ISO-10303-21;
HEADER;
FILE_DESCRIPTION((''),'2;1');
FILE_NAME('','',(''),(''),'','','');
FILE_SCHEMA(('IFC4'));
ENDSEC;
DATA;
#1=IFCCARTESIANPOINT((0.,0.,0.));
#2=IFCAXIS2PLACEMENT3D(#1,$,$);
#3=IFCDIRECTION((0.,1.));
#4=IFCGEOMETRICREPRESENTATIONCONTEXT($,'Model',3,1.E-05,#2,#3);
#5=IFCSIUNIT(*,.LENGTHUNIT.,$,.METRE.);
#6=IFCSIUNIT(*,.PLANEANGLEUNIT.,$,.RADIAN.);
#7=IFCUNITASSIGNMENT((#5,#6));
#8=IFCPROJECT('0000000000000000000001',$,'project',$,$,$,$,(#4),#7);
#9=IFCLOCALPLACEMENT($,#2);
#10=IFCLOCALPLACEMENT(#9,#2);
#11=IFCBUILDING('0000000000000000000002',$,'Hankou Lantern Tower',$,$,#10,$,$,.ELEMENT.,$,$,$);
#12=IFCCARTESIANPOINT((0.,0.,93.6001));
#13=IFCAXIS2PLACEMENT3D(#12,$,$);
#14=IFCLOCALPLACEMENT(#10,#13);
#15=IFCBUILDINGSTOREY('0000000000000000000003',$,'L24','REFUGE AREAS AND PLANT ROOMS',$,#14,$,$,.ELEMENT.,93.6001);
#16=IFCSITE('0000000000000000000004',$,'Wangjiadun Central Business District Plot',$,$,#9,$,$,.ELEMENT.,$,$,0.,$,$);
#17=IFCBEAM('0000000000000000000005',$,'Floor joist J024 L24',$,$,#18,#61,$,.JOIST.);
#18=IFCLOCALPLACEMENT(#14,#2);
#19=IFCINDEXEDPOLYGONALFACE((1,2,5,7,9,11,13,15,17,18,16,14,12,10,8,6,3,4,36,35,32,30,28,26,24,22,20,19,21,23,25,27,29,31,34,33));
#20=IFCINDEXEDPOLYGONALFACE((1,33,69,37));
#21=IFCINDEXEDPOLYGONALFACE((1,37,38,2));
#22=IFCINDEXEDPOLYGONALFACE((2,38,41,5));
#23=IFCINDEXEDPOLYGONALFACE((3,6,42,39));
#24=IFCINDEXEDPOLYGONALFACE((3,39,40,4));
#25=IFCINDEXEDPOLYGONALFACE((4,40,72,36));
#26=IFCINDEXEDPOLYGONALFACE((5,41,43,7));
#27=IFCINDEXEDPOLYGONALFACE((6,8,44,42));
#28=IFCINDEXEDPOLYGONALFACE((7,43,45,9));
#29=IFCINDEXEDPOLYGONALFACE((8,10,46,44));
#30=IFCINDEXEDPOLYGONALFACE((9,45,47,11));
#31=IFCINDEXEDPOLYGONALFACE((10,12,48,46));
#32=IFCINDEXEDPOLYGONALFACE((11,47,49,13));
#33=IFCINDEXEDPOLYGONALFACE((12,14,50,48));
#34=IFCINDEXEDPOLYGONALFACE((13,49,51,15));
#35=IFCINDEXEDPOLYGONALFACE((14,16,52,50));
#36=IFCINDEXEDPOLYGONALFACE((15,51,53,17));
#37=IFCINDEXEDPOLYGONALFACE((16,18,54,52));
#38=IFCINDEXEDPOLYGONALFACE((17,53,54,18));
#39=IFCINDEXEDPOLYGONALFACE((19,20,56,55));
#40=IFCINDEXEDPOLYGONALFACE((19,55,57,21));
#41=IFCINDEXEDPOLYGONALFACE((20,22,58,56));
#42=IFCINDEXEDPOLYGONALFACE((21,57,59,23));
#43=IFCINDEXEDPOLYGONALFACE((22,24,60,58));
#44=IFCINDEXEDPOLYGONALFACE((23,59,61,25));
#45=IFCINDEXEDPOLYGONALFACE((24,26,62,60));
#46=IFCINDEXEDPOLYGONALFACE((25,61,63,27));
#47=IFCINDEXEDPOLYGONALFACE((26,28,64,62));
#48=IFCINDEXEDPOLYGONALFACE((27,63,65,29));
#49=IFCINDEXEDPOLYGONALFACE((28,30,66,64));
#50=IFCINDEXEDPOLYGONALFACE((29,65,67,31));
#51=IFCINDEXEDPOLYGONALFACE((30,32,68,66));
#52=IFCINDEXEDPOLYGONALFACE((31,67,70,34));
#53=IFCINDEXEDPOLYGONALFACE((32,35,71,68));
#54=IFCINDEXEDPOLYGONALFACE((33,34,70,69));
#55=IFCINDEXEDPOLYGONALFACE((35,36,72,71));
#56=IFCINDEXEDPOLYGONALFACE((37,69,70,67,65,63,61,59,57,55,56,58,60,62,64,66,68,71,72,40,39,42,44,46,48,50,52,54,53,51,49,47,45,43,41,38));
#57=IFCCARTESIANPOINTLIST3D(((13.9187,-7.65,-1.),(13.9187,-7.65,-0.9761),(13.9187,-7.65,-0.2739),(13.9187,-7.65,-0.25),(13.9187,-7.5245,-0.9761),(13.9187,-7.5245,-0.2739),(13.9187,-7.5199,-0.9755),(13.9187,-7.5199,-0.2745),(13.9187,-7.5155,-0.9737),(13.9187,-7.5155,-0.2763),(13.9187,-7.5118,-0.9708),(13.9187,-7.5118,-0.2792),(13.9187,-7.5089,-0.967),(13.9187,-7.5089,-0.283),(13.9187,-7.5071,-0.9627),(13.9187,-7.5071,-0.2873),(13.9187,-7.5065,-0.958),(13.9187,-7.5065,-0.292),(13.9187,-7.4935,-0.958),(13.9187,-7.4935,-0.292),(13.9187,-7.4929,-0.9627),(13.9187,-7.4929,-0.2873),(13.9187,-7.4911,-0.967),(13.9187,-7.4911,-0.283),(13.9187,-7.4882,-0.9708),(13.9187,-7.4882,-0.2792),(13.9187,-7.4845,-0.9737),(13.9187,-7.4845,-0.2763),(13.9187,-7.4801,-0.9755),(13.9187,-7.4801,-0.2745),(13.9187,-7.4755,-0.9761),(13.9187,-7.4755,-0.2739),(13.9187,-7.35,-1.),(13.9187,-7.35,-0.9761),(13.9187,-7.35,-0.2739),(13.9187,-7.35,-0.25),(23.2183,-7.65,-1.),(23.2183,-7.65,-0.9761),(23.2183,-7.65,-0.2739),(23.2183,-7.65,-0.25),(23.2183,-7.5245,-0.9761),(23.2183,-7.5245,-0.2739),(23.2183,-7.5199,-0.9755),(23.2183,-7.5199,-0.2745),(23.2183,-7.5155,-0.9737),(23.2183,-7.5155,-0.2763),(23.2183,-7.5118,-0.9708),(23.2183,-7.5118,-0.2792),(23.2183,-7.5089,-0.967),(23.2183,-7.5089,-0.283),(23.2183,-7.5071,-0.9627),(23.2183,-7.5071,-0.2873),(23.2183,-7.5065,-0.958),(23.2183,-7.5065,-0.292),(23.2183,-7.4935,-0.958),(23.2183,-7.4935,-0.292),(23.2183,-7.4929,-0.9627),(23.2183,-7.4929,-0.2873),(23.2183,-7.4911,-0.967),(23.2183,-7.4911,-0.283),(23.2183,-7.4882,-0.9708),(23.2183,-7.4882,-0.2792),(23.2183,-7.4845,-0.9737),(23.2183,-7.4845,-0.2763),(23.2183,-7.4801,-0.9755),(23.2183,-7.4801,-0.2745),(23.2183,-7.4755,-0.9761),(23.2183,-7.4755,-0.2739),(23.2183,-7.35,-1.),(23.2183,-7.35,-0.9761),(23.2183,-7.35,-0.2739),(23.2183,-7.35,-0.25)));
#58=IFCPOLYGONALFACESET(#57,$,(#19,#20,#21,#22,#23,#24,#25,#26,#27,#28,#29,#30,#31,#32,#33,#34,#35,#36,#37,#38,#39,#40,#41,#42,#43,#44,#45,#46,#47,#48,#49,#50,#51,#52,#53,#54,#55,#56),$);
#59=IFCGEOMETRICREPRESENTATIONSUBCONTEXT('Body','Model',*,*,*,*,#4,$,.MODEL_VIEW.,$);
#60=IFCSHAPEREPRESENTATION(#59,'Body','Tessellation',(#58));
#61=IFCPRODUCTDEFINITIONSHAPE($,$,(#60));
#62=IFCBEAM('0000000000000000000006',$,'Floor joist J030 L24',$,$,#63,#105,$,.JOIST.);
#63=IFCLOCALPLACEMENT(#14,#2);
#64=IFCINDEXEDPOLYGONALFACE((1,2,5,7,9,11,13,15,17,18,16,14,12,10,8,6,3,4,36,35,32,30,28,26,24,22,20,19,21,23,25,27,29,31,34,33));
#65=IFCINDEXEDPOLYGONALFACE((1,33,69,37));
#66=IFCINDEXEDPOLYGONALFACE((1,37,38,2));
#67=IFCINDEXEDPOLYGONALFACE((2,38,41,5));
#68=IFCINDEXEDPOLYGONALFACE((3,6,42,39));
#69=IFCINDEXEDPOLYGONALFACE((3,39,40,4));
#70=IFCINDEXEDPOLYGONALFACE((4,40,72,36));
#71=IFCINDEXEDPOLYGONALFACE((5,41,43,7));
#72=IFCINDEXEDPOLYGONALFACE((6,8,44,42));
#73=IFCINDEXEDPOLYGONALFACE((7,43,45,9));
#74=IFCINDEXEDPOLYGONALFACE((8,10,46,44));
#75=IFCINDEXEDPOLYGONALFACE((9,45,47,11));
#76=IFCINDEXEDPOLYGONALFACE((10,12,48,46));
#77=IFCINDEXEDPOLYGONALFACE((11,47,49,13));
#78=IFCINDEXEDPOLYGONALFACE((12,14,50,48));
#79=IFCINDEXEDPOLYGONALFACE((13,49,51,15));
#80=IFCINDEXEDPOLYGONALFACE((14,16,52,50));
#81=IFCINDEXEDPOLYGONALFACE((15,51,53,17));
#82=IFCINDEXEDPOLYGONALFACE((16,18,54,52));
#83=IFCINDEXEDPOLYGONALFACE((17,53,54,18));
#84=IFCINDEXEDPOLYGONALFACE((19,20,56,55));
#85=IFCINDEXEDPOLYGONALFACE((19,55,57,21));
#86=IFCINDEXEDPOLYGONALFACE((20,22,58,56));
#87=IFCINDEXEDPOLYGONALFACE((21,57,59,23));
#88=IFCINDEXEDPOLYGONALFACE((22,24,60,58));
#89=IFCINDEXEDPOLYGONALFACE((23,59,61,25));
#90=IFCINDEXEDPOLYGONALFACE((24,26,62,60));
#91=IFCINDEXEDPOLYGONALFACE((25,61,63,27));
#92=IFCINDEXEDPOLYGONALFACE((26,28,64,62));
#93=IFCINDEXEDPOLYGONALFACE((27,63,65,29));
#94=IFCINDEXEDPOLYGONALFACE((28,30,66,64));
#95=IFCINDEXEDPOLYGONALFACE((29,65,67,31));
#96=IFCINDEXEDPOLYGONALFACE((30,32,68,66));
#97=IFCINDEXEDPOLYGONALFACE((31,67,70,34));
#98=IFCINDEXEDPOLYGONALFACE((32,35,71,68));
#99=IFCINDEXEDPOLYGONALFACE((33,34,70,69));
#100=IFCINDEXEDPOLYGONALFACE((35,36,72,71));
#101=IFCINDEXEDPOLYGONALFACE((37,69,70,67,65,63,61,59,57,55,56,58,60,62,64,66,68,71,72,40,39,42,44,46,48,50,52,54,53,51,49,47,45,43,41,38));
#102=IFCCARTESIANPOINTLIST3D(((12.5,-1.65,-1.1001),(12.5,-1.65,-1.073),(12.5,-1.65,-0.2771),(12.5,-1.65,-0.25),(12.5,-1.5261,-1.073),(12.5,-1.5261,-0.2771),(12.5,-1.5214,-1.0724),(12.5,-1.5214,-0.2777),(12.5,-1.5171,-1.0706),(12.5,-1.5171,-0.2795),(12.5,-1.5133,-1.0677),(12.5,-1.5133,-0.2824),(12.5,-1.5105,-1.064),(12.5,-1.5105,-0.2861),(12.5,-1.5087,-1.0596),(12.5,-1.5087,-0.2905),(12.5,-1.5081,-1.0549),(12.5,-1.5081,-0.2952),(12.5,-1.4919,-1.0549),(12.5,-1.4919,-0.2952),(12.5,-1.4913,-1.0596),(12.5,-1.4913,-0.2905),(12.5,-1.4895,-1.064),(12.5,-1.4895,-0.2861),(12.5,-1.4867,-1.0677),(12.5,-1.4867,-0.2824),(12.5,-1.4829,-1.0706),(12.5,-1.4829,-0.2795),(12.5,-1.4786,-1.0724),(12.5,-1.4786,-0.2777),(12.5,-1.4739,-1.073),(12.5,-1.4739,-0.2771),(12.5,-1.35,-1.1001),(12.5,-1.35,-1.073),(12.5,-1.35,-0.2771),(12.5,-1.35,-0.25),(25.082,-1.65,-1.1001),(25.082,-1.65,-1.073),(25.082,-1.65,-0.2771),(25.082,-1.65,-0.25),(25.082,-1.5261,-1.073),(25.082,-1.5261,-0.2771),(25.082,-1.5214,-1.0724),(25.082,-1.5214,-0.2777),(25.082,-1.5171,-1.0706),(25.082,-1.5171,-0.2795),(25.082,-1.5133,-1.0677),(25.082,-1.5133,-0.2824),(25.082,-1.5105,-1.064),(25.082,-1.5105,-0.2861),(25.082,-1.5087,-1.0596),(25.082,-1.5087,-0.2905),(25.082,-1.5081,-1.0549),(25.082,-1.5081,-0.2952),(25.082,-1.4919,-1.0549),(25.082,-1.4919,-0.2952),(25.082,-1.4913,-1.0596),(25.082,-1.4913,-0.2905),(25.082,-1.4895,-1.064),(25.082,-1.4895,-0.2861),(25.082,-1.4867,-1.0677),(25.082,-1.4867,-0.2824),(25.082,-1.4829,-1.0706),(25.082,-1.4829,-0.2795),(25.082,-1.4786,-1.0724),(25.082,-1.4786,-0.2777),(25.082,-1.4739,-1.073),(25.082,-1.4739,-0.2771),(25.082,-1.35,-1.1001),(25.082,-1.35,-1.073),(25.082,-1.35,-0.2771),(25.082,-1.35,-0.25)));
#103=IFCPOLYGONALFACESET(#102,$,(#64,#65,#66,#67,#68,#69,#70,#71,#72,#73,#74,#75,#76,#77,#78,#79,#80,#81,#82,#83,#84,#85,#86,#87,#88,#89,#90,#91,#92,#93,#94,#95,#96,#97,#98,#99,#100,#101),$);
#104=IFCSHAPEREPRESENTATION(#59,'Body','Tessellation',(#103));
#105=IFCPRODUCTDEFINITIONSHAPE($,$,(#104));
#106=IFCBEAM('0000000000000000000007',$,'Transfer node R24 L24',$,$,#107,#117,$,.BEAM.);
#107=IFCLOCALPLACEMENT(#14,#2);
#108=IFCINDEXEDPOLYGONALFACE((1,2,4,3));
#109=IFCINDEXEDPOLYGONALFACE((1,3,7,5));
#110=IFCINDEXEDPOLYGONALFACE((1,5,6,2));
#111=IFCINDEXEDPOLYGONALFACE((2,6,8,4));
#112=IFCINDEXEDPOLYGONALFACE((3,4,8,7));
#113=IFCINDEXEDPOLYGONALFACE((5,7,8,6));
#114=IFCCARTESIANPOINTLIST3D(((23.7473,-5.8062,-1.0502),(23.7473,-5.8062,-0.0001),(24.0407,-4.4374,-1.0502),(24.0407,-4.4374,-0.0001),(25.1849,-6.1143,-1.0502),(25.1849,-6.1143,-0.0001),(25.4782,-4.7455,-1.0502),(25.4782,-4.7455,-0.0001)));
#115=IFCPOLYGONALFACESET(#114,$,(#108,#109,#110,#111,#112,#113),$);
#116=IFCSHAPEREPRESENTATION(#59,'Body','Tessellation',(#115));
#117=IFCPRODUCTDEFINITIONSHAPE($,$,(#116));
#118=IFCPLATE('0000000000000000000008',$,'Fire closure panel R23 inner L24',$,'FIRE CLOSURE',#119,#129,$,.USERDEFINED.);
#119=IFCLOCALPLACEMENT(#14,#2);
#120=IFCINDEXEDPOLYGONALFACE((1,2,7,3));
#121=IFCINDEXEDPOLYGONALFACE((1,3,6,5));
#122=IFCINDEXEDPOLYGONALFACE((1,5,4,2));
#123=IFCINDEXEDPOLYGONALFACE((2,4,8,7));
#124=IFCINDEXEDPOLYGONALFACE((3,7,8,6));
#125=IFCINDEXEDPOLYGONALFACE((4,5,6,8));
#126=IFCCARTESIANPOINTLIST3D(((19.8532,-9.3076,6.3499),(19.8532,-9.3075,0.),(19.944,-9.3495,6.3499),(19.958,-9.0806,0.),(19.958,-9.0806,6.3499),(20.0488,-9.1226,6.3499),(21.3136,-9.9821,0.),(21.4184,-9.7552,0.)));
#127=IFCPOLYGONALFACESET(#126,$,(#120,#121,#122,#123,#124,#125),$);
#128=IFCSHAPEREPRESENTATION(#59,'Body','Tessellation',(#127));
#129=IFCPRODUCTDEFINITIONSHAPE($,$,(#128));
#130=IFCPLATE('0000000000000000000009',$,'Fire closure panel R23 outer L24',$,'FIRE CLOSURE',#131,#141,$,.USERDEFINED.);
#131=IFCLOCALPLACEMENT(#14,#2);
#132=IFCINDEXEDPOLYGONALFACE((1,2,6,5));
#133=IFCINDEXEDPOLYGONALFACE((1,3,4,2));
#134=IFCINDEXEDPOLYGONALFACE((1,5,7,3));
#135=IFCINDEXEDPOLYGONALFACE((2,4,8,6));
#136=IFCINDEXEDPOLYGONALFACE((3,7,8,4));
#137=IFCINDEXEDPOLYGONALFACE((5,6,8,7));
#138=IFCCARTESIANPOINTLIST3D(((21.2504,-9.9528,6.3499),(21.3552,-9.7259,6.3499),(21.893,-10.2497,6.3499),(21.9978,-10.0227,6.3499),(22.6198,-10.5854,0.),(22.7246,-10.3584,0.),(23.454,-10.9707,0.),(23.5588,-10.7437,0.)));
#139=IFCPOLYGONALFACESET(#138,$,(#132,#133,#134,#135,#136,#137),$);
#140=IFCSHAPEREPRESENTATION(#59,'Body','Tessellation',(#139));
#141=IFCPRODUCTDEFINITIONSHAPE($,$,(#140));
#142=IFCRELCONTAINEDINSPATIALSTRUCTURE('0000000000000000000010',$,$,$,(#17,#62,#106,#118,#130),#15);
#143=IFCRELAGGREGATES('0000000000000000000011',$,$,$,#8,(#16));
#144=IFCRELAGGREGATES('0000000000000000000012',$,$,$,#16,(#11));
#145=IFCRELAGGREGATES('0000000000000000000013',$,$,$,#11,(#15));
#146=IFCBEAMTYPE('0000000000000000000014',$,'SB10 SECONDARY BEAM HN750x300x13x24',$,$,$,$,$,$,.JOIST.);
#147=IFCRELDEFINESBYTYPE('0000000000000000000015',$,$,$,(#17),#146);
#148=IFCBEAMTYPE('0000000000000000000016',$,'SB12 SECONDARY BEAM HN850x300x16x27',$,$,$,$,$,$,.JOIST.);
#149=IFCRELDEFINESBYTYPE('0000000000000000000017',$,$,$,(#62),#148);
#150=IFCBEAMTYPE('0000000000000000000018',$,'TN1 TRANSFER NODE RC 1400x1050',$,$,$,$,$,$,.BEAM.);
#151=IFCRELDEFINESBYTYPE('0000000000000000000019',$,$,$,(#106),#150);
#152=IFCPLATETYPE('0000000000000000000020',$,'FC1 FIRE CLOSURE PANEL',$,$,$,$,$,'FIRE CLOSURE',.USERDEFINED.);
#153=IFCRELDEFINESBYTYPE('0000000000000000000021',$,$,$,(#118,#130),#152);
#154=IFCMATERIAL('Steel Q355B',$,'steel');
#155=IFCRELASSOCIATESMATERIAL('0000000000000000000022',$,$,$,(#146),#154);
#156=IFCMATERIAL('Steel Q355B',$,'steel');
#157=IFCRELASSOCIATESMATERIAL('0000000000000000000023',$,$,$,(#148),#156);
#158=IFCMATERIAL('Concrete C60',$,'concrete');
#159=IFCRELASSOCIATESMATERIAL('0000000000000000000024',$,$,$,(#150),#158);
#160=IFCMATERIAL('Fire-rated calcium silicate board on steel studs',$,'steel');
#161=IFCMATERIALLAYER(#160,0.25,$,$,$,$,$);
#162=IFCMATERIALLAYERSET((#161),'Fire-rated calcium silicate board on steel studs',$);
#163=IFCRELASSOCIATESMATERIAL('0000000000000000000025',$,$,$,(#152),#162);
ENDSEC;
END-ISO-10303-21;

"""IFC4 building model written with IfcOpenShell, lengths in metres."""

from ifc_helpers import new_model, si_unit, direction, frame, origin, origin_2d, place, context, subcontext, project, spatial, polyline, rectangle, i_section, outline, extrude, material, layer, layer_set, material_profile, profile_set, type_object, element, save


model = new_model("IFC4")

# Units and contexts
model_context = context("Model", 3, precision=1e-05, world=origin(), true_north=direction((0.0, 1.0)))
body_context = subcontext(model_context, "Body", "Model", "MODEL_VIEW")
ifc_project = project(units=[si_unit("LENGTHUNIT", "METRE"), si_unit("PLANEANGLEUNIT", "RADIAN")], contexts=[model_context])

# Site, building, storey
site_placement = place(None, origin())
site = spatial("IfcSite", under=ifc_project, at=site_placement, Name="Wangjiadun Central Business District Plot", CompositionType="ELEMENT", RefElevation=0.0)
building_placement = place(site_placement, origin())
building = spatial("IfcBuilding", under=site, at=building_placement, Name="Hankou Lantern Tower", CompositionType="ELEMENT")
storey_placement = place(building_placement, frame((0.0, 0.0, 93.6001)))
storey = spatial("IfcBuildingStorey", under=building, at=storey_placement, Name="L24", Description="REFUGE AREAS AND PLANT ROOMS", CompositionType="ELEMENT", Elevation=93.6001)

# Beams
ifc_material_1 = material(Name="Steel Q355B", Category="steel")
ifc_material_profile_1 = material_profile(ifc_material_1, i_section(OverallWidth=0.3, OverallDepth=0.75, WebThickness=0.0129, FlangeThickness=0.0239, FilletRadius=0.0181, at=origin_2d()), Name="HN750x300x13x24")
ifc_profile_set_1 = profile_set([ifc_material_profile_1], Name="Steel Q355B")
beam_type_1 = type_object("IfcBeamType", Name="SB10 SECONDARY BEAM HN750x300x13x24", PredefinedType="JOIST", material=ifc_profile_set_1)
beam_1_placement = place(storey_placement, frame((13.9187, -7.5, -0.625), z_axis=(1.0, 0.0, 0.0), x_axis=(0.0, 1.0, 0.0)))
element("IfcBeam", 1, at=beam_1_placement, inside=storey, type_object=beam_type_1, Name="Floor joist J024 L24", PredefinedType="JOIST", context=body_context, shape_type="SweptSolid", body=[
    extrude(i_section(OverallWidth=0.3, OverallDepth=0.75, WebThickness=0.0129, FlangeThickness=0.0239, FilletRadius=0.0181, at=origin_2d()), origin(), (0.0, 0.0, 1.0), 9.2996),
])
ifc_material_2 = material(Name="Steel Q355B", Category="steel")
ifc_material_profile_2 = material_profile(ifc_material_2, i_section(OverallWidth=0.3, OverallDepth=0.8501, WebThickness=0.0161, FlangeThickness=0.0271, FilletRadius=0.0181, at=origin_2d()), Name="HN850x300x16x27")
ifc_profile_set_2 = profile_set([ifc_material_profile_2], Name="Steel Q355B")
beam_type_2 = type_object("IfcBeamType", Name="SB12 SECONDARY BEAM HN850x300x16x27", PredefinedType="JOIST", material=ifc_profile_set_2)
beam_2_placement = place(storey_placement, frame((12.5, -1.5, -0.675), z_axis=(1.0, 0.0, 0.0), x_axis=(0.0, 1.0, 0.0)))
element("IfcBeam", 2, at=beam_2_placement, inside=storey, type_object=beam_type_2, Name="Floor joist J030 L24", PredefinedType="JOIST", context=body_context, shape_type="SweptSolid", body=[
    extrude(i_section(OverallWidth=0.3, OverallDepth=0.8501, WebThickness=0.0161, FlangeThickness=0.0271, FilletRadius=0.0181, at=origin_2d()), origin(), (0.0, 0.0, 1.0), 12.582),
])
ifc_material_3 = material(Name="Concrete C60", Category="concrete")
ifc_material_profile_3 = material_profile(ifc_material_3, rectangle(XDim=1.3999, YDim=1.05, at=origin_2d()), Name="RC 1400x1050")
ifc_profile_set_3 = profile_set([ifc_material_profile_3], Name="Concrete C60")
beam_type_3 = type_object("IfcBeamType", Name="TN1 TRANSFER NODE RC 1400x1050", PredefinedType="BEAM", material=ifc_profile_set_3)
beam_3_placement = place(storey_placement, frame((25.3315, -5.4299, -0.5251), z_axis=(-0.977793, 0.209574, 0.0), x_axis=(-0.209574, -0.977793, 0.0)))
element("IfcBeam", 3, at=beam_3_placement, inside=storey, type_object=beam_type_3, Name="Transfer node R24 L24", PredefinedType="BEAM", context=body_context, shape_type="SweptSolid", body=[
    extrude(rectangle(XDim=1.3999, YDim=1.05, at=origin_2d()), origin(), (0.0, 0.0, 1.0), 1.4702),
])

# Plates
ifc_material_4 = material(Name="Fire-rated calcium silicate board on steel studs", Category="steel")
ifc_layer_1 = layer(ifc_material_4, 0.25)
ifc_layer_set_1 = layer_set([ifc_layer_1], Name="Fire-rated calcium silicate board on steel studs")
plate_type = type_object("IfcPlateType", Name="FC1 FIRE CLOSURE PANEL", ElementType="FIRE CLOSURE", PredefinedType="USERDEFINED", material=ifc_layer_set_1)
plate_1_placement = place(storey_placement, frame((19.958, -9.0806, 0.0), z_axis=(0.419339, 0.90783, 0.000006), x_axis=(0.90783, -0.419339, 0.0)))
element("IfcPlate", 4, at=plate_1_placement, inside=storey, type_object=plate_type, Name="Fire closure panel R23 inner L24", ObjectType="FIRE CLOSURE", PredefinedType="USERDEFINED", context=body_context, shape_type="SweptSolid", body=[
    extrude(outline(polyline([(0.0, 0.0), (1.6087, 0.0), (0.1001, -6.3499), (0.0, -6.3499), (0.0, 0.0)])), origin(), (0.0, 0.0, -1.0), 0.25),
])
plate_2_placement = place(storey_placement, frame((22.7246, -10.3584, 0.0), z_axis=(0.419325, 0.907836, 0.000002), x_axis=(0.907836, -0.419325, 0.0)))
element("IfcPlate", 5, at=plate_2_placement, inside=storey, type_object=plate_type, Name="Fire closure panel R23 outer L24", ObjectType="FIRE CLOSURE", PredefinedType="USERDEFINED", context=body_context, shape_type="SweptSolid", body=[
    extrude(outline(polyline([(0.0, 0.0), (0.9189, 0.0), (-0.8006, -6.3499), (-1.5084, -6.3499), (0.0, 0.0)])), origin(), (0.0, 0.0, -1.0), 0.25),
])

save(model, "model.ifc")
